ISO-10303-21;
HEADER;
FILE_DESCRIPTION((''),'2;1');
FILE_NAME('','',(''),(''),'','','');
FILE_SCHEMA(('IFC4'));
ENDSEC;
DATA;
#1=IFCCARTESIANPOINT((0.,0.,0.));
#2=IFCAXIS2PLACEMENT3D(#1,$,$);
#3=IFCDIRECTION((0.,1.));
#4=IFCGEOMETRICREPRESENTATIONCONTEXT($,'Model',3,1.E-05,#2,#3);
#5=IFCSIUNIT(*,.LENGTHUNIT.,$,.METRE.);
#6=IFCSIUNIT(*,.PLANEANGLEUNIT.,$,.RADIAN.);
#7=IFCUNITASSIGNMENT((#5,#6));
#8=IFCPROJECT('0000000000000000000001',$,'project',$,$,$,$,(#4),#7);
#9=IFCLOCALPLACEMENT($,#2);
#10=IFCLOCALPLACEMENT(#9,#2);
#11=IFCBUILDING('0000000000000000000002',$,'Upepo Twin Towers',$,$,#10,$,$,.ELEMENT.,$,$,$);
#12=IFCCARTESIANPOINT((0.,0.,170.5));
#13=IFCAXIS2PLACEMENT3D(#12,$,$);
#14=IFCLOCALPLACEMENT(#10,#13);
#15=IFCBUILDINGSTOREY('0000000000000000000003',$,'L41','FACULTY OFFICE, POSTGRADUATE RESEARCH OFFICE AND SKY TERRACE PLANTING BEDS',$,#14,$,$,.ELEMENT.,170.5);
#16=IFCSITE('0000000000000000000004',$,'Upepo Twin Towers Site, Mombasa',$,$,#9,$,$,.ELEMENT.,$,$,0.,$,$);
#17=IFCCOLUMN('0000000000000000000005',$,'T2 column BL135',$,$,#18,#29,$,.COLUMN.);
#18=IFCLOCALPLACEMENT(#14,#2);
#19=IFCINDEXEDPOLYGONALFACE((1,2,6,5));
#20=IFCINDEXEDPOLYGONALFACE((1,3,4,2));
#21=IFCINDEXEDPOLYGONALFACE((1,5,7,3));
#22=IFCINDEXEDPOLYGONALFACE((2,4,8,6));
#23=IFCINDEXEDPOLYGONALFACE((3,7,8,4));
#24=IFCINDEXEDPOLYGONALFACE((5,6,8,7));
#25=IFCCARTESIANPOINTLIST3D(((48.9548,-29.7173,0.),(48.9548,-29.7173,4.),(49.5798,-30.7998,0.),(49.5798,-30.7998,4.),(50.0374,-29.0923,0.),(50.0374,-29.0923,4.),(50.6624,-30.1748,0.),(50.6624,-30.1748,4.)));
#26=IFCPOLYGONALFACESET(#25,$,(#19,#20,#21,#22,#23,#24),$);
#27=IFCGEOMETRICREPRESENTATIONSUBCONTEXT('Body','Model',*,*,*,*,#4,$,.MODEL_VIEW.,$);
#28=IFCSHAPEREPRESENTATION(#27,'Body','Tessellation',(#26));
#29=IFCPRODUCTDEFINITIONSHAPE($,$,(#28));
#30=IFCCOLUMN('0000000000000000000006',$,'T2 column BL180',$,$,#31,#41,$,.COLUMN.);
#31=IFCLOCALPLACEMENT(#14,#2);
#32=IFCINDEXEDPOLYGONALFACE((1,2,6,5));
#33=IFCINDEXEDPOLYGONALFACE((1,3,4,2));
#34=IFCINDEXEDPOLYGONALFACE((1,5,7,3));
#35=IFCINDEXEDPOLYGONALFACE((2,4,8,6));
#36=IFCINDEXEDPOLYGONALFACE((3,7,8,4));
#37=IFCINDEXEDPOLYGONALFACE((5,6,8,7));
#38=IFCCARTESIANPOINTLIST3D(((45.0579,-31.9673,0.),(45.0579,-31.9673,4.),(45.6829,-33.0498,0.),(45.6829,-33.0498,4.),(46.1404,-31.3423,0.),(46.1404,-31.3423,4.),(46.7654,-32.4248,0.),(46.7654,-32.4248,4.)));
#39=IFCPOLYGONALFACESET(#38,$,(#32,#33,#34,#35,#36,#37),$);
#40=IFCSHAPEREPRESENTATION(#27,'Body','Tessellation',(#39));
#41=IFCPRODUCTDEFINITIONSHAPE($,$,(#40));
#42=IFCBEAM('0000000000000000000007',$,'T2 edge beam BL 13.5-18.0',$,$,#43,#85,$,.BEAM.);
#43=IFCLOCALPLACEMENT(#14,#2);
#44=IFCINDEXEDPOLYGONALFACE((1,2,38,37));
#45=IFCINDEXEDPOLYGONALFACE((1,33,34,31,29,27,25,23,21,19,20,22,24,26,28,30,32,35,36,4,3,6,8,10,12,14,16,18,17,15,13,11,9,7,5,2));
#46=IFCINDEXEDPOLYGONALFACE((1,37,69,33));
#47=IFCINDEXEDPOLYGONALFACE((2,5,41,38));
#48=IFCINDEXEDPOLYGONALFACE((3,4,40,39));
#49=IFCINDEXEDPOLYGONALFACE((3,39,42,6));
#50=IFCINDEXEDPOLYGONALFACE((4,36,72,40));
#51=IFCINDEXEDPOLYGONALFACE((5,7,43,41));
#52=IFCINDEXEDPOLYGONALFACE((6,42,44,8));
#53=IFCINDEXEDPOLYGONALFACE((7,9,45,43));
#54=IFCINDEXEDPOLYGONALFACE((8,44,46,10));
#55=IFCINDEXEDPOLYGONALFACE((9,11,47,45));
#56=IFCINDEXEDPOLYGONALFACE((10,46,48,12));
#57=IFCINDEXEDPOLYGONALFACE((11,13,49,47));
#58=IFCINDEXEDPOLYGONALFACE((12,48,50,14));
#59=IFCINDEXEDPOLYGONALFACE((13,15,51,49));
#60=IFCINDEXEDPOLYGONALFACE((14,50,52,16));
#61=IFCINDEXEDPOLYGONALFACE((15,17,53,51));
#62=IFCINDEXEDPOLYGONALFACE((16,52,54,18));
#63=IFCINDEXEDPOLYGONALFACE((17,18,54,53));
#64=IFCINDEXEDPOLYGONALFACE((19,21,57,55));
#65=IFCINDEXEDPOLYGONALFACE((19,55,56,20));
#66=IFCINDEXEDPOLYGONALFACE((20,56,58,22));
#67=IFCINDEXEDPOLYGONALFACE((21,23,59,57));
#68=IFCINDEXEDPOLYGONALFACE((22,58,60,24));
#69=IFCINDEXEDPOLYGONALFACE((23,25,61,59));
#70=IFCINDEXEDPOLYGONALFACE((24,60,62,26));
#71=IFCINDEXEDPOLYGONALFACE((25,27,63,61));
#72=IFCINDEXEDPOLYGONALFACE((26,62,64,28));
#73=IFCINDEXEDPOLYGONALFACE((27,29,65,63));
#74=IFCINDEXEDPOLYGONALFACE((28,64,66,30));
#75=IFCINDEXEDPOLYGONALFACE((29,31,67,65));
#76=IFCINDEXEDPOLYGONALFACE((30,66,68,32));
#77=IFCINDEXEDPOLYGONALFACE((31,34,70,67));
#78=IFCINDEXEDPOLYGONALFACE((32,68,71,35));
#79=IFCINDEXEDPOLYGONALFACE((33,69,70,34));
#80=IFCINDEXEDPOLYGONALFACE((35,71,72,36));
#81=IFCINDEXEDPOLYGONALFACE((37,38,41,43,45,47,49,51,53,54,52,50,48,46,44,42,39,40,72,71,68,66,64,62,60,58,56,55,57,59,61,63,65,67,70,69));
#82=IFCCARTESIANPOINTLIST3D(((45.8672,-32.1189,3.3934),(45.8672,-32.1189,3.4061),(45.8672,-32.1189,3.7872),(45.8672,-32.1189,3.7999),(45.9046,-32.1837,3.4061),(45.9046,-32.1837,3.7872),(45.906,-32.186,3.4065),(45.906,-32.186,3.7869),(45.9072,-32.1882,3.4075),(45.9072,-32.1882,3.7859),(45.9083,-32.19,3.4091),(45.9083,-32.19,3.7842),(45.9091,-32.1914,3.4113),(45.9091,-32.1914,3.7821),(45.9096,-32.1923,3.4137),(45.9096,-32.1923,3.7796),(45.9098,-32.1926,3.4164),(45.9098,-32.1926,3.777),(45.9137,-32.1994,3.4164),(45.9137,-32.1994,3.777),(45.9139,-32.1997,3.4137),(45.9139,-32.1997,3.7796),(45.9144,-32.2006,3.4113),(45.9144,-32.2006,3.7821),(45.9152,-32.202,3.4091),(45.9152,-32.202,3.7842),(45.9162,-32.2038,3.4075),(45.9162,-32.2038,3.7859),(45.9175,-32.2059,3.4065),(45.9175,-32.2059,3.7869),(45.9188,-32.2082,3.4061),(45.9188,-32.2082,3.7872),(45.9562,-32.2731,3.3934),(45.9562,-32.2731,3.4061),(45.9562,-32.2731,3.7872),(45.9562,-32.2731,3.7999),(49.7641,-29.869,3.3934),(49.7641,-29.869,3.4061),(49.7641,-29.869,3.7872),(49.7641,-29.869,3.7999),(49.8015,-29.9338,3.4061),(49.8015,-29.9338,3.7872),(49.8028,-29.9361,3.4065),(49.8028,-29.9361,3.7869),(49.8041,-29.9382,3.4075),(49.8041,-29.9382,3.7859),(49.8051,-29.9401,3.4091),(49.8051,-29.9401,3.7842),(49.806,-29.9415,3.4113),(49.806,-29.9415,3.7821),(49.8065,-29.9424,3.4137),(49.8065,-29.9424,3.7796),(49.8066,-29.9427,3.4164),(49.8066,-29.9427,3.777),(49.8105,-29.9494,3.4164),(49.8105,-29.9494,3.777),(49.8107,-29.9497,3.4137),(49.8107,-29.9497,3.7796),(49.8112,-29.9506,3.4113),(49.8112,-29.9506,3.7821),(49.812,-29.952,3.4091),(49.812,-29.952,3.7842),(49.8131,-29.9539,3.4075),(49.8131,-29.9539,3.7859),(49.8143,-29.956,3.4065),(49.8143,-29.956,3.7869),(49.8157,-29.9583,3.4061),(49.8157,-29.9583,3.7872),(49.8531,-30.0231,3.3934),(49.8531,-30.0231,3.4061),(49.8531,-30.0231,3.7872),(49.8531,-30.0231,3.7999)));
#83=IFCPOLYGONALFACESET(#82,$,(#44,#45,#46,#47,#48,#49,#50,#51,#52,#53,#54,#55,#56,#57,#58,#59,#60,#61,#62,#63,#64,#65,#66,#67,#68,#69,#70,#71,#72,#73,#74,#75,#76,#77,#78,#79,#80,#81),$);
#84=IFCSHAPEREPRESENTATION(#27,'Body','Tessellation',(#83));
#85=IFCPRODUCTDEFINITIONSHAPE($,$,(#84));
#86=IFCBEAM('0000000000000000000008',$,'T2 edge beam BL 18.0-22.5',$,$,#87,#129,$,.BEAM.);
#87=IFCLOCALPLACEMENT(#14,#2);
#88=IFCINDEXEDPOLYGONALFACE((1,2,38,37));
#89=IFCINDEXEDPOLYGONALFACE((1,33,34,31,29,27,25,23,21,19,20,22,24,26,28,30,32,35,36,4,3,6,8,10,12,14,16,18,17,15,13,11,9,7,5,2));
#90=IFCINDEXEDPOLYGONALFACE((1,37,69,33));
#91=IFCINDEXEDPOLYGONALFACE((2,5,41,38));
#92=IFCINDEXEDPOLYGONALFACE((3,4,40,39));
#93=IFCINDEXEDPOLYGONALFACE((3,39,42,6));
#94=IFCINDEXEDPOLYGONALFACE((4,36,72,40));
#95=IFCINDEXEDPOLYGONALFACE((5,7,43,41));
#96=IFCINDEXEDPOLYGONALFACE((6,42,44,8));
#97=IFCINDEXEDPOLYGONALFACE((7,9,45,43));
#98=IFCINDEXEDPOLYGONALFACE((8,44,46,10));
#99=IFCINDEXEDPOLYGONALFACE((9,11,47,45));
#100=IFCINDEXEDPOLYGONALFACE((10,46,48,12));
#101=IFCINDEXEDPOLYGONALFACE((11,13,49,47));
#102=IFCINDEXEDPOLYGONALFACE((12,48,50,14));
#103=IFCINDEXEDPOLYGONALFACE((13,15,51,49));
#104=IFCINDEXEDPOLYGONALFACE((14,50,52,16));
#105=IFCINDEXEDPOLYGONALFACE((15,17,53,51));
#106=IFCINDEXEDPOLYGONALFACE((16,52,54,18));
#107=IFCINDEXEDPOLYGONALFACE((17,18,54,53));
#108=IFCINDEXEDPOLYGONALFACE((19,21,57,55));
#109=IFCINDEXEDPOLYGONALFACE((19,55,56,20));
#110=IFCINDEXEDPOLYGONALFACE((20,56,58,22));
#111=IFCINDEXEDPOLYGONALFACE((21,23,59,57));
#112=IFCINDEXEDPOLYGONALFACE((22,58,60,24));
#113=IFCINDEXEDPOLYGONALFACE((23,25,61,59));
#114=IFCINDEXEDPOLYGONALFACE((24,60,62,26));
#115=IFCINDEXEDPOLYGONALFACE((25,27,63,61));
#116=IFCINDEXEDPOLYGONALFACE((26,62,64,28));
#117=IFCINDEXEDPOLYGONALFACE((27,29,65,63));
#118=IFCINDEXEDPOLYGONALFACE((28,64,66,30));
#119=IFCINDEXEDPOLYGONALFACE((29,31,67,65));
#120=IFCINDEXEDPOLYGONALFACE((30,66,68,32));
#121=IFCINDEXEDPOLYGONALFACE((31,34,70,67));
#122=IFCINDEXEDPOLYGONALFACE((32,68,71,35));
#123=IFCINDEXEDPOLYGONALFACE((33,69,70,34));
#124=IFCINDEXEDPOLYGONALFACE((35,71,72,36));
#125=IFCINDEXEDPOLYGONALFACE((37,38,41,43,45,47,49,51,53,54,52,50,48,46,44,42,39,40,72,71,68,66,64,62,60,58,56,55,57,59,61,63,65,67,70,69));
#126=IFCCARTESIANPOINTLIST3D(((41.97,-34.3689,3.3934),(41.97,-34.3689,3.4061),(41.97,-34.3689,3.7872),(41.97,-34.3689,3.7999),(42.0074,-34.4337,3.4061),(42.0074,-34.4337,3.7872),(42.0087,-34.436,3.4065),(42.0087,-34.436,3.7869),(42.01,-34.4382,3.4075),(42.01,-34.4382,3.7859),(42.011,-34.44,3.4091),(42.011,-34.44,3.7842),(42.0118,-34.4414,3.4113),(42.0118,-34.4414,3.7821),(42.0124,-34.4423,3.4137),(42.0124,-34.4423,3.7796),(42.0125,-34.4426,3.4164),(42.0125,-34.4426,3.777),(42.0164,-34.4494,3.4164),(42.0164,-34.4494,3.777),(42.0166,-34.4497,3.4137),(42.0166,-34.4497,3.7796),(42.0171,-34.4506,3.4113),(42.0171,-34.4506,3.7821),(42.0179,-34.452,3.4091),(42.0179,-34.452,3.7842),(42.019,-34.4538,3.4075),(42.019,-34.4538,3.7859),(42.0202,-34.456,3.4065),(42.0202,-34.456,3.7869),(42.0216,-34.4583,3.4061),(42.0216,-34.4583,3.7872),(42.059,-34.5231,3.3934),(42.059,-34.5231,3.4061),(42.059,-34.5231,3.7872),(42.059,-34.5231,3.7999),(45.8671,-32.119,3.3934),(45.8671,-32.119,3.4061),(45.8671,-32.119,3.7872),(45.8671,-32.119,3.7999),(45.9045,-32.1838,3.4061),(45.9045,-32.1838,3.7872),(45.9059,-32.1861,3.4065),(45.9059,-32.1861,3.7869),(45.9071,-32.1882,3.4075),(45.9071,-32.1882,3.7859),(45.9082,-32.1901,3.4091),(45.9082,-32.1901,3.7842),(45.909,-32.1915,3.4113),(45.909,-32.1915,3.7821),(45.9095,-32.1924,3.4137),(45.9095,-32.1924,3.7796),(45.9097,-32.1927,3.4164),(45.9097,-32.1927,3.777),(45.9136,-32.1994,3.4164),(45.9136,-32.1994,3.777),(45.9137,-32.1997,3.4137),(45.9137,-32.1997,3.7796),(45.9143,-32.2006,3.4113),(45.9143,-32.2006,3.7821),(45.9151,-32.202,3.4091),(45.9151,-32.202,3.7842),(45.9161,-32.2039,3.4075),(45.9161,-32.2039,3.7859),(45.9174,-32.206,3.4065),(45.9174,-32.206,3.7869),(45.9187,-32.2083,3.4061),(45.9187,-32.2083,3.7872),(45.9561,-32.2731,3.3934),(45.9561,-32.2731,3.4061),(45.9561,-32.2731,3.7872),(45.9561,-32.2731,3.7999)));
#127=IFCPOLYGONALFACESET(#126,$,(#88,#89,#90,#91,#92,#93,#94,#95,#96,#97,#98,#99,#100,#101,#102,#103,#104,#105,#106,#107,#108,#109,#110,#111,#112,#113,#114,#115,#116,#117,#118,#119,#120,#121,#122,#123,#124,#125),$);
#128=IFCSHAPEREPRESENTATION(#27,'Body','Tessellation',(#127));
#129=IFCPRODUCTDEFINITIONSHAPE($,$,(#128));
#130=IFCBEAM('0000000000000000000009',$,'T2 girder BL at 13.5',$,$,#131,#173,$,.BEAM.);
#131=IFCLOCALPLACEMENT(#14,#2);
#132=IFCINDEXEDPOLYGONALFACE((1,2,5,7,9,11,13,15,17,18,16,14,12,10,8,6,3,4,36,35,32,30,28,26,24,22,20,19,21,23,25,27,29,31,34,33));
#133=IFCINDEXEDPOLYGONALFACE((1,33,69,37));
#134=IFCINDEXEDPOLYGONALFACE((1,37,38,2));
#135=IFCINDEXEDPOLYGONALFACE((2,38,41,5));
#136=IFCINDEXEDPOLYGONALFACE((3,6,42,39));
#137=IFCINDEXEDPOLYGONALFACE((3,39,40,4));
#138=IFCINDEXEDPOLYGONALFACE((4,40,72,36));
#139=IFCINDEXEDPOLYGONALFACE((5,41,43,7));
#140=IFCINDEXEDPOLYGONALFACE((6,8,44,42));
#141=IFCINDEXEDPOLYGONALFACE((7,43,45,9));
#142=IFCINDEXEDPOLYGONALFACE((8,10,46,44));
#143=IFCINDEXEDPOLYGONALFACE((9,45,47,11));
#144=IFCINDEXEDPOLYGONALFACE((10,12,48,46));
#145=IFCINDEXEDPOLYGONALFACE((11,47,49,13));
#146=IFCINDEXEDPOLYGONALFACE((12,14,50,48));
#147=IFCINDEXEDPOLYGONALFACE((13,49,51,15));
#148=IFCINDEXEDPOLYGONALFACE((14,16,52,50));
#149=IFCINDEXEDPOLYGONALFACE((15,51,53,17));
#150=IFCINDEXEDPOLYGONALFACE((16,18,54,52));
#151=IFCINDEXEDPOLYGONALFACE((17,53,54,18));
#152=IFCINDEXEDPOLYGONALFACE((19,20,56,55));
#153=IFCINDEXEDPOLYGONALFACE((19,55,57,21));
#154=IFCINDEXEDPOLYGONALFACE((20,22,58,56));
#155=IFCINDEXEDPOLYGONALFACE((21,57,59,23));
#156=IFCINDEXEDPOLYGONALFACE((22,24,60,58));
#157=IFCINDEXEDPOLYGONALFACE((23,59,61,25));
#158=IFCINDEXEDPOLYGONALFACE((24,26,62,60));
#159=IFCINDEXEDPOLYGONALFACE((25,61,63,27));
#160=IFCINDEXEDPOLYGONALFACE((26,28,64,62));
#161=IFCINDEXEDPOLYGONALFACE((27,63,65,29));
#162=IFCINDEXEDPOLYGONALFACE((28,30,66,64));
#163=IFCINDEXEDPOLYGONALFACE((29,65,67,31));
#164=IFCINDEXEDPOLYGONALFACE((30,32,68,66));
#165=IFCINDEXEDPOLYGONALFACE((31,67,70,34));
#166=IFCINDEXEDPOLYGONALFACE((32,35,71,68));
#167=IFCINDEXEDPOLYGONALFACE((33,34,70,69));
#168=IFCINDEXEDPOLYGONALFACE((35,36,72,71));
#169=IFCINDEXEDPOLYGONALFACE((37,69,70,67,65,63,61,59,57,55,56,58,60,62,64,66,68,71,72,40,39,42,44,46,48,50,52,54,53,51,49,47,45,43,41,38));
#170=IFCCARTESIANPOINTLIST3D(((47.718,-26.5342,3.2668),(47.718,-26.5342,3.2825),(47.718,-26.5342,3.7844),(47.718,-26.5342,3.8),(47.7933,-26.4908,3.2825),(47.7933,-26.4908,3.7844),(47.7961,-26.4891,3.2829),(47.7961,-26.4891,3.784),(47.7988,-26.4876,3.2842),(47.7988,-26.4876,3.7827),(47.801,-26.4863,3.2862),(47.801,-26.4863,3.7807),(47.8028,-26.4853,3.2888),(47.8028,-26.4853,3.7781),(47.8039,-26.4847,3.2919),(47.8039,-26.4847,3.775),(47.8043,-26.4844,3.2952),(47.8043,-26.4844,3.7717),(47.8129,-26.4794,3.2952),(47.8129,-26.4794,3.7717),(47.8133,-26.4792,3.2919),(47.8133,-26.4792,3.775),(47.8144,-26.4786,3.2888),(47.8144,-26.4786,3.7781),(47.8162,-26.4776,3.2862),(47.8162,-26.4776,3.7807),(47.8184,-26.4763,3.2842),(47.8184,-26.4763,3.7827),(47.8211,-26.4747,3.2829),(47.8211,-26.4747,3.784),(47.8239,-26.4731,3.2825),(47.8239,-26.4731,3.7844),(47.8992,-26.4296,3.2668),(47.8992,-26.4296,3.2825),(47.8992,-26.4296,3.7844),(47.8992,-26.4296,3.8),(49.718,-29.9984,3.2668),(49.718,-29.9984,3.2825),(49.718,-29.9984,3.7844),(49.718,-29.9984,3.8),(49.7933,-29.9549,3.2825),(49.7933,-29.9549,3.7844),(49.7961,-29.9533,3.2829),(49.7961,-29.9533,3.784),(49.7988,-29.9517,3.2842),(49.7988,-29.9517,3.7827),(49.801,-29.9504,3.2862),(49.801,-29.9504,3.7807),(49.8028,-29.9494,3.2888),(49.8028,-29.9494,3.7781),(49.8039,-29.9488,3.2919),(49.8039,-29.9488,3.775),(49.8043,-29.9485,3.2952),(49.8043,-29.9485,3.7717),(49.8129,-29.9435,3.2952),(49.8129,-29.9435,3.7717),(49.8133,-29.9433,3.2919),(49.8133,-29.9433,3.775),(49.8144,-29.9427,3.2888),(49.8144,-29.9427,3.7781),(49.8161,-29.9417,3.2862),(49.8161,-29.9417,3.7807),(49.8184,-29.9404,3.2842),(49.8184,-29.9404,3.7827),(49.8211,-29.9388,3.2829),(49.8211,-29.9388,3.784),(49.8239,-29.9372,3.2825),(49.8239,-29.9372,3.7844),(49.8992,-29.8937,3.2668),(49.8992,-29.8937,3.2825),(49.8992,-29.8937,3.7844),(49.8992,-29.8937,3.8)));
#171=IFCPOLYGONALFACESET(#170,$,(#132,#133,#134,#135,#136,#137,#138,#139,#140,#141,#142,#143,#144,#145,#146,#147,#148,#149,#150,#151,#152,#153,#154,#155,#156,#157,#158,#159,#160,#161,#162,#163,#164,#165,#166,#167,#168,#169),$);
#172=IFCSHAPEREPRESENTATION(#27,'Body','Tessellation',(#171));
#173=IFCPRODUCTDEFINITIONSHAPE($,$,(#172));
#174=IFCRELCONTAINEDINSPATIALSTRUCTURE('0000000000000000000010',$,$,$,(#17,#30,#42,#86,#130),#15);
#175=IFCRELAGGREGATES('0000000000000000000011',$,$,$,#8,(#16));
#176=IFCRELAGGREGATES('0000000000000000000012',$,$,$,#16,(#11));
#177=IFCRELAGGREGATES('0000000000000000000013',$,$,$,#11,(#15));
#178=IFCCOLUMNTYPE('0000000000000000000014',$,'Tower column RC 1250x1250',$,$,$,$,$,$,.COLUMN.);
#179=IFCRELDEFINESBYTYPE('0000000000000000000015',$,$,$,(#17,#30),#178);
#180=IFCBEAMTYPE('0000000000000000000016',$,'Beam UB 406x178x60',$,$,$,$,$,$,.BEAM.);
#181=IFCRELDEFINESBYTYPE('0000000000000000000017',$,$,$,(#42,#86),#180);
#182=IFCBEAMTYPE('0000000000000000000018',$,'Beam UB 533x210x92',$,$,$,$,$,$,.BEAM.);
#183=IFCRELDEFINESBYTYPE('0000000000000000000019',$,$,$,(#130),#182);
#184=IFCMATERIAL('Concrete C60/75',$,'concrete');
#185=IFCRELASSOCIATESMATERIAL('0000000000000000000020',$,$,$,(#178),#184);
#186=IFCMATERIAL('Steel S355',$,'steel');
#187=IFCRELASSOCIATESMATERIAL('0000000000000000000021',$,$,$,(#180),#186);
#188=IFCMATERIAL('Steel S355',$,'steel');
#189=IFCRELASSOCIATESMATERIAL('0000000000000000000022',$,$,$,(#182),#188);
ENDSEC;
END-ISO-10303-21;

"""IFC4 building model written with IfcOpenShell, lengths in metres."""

from ifc_helpers import new_model, si_unit, direction, frame, origin, origin_2d, place, context, subcontext, project, spatial, rectangle, i_section, extrude, material, material_profile, profile_set, type_object, element, save


model = new_model("IFC4")

# Units and contexts
model_context = context("Model", 3, precision=1e-05, world=origin(), true_north=direction((0.0, 1.0)))
body_context = subcontext(model_context, "Body", "Model", "MODEL_VIEW")
ifc_project = project(units=[si_unit("LENGTHUNIT", "METRE"), si_unit("PLANEANGLEUNIT", "RADIAN")], contexts=[model_context])

# Site, building, storey
site_placement = place(None, origin())
site = spatial("IfcSite", under=ifc_project, at=site_placement, Name="Upepo Twin Towers Site, Mombasa", CompositionType="ELEMENT", RefElevation=0.0)
building_placement = place(site_placement, origin())
building = spatial("IfcBuilding", under=site, at=building_placement, Name="Upepo Twin Towers", CompositionType="ELEMENT")
storey_placement = place(building_placement, frame((0.0, 0.0, 170.5)))
storey = spatial("IfcBuildingStorey", under=building, at=storey_placement, Name="L41", Description="FACULTY OFFICE, POSTGRADUATE RESEARCH OFFICE AND SKY TERRACE PLANTING BEDS", CompositionType="ELEMENT", Elevation=170.5)

# Columns
ifc_material_1 = material(Name="Concrete C60/75", Category="concrete")
ifc_material_profile_1 = material_profile(ifc_material_1, rectangle(XDim=1.25, YDim=1.25, at=origin_2d()), Name="RC 1250x1250")
ifc_profile_set_1 = profile_set([ifc_material_profile_1], Name="Concrete C60/75")
column_type = type_object("IfcColumnType", Name="Tower column RC 1250x1250", PredefinedType="COLUMN", material=ifc_profile_set_1)
for number, where, z_axis, x_axis, name in (
    (1, (49.8086, -29.946, 0.0), (0.0, 0.0, 1.0), (0.866025, 0.5, 0.0), "T2 column BL135"),
    (2, (45.9116, -32.196, 0.0), (0.0, 0.0, 1.0), (0.866025, 0.5, 0.0), "T2 column BL180"),
):
    element("IfcColumn", number, at=place(storey_placement, frame(where, z_axis=z_axis, x_axis=x_axis)), inside=storey, type_object=column_type, Name=name, PredefinedType="COLUMN", context=body_context, shape_type="SweptSolid", body=[
        extrude(rectangle(XDim=1.25, YDim=1.25, at=origin_2d()), origin(), (0.0, 0.0, 1.0), 4.0),
    ])

# Beams
ifc_material_2 = material(Name="Steel S355", Category="steel")
ifc_material_profile_2 = material_profile(ifc_material_2, i_section(OverallWidth=0.178, OverallDepth=0.4065, WebThickness=0.0078, FlangeThickness=0.0127, FilletRadius=0.0103, at=origin_2d()), Name="UB 406x178x60")
ifc_profile_set_2 = profile_set([ifc_material_profile_2], Name="Steel S355")
beam_type_1 = type_object("IfcBeamType", Name="Beam UB 406x178x60", PredefinedType="BEAM", material=ifc_profile_set_2)
beam_1_placement = place(storey_placement, frame((49.8086, -29.946, 3.5967), z_axis=(-0.866018, -0.500014, 0.0), x_axis=(0.500014, -0.866018, 0.0)))
element("IfcBeam", 3, at=beam_1_placement, inside=storey, type_object=beam_type_1, Name="T2 edge beam BL 13.5-18.0", PredefinedType="BEAM", context=body_context, shape_type="SweptSolid", body=[
    extrude(i_section(OverallWidth=0.178, OverallDepth=0.4065, WebThickness=0.0078, FlangeThickness=0.0127, FilletRadius=0.0103, at=origin_2d()), origin(), (0.0, 0.0, 1.0), 4.4998),
])
beam_2_placement = place(storey_placement, frame((45.9116, -32.196, 3.5967), z_axis=(-0.866031, -0.49999, 0.0), x_axis=(0.49999, -0.866031, 0.0)))
element("IfcBeam", 4, at=beam_2_placement, inside=storey, type_object=beam_type_1, Name="T2 edge beam BL 18.0-22.5", PredefinedType="BEAM", context=body_context, shape_type="SweptSolid", body=[
    extrude(i_section(OverallWidth=0.178, OverallDepth=0.4065, WebThickness=0.0078, FlangeThickness=0.0127, FilletRadius=0.0103, at=origin_2d()), origin(), (0.0, 0.0, 1.0), 4.5),
])
ifc_material_3 = material(Name="Steel S355", Category="steel")
ifc_material_profile_3 = material_profile(ifc_material_3, i_section(OverallWidth=0.2092, OverallDepth=0.5332, WebThickness=0.01, FlangeThickness=0.0156, FilletRadius=0.0127, at=origin_2d()), Name="UB 533x210x92")
ifc_profile_set_3 = profile_set([ifc_material_profile_3], Name="Steel S355")
beam_type_2 = type_object("IfcBeamType", Name="Beam UB 533x210x92", PredefinedType="BEAM", material=ifc_profile_set_3)
for number, where, z_axis, x_axis, name in (
    (5, (49.8086, -29.946, 3.5334), (-0.499999, 0.866026, 0.0), (-0.866026, -0.499999, 0.0), "T2 girder BL at 13.5"),
):
    element("IfcBeam", number, at=place(storey_placement, frame(where, z_axis=z_axis, x_axis=x_axis)), inside=storey, type_object=beam_type_2, Name=name, PredefinedType="BEAM", context=body_context, shape_type="SweptSolid", body=[
        extrude(i_section(OverallWidth=0.2092, OverallDepth=0.5332, WebThickness=0.01, FlangeThickness=0.0156, FilletRadius=0.0127, at=origin_2d()), origin(), (0.0, 0.0, 1.0), 4.0),
    ])

save(model, "model.ifc")
